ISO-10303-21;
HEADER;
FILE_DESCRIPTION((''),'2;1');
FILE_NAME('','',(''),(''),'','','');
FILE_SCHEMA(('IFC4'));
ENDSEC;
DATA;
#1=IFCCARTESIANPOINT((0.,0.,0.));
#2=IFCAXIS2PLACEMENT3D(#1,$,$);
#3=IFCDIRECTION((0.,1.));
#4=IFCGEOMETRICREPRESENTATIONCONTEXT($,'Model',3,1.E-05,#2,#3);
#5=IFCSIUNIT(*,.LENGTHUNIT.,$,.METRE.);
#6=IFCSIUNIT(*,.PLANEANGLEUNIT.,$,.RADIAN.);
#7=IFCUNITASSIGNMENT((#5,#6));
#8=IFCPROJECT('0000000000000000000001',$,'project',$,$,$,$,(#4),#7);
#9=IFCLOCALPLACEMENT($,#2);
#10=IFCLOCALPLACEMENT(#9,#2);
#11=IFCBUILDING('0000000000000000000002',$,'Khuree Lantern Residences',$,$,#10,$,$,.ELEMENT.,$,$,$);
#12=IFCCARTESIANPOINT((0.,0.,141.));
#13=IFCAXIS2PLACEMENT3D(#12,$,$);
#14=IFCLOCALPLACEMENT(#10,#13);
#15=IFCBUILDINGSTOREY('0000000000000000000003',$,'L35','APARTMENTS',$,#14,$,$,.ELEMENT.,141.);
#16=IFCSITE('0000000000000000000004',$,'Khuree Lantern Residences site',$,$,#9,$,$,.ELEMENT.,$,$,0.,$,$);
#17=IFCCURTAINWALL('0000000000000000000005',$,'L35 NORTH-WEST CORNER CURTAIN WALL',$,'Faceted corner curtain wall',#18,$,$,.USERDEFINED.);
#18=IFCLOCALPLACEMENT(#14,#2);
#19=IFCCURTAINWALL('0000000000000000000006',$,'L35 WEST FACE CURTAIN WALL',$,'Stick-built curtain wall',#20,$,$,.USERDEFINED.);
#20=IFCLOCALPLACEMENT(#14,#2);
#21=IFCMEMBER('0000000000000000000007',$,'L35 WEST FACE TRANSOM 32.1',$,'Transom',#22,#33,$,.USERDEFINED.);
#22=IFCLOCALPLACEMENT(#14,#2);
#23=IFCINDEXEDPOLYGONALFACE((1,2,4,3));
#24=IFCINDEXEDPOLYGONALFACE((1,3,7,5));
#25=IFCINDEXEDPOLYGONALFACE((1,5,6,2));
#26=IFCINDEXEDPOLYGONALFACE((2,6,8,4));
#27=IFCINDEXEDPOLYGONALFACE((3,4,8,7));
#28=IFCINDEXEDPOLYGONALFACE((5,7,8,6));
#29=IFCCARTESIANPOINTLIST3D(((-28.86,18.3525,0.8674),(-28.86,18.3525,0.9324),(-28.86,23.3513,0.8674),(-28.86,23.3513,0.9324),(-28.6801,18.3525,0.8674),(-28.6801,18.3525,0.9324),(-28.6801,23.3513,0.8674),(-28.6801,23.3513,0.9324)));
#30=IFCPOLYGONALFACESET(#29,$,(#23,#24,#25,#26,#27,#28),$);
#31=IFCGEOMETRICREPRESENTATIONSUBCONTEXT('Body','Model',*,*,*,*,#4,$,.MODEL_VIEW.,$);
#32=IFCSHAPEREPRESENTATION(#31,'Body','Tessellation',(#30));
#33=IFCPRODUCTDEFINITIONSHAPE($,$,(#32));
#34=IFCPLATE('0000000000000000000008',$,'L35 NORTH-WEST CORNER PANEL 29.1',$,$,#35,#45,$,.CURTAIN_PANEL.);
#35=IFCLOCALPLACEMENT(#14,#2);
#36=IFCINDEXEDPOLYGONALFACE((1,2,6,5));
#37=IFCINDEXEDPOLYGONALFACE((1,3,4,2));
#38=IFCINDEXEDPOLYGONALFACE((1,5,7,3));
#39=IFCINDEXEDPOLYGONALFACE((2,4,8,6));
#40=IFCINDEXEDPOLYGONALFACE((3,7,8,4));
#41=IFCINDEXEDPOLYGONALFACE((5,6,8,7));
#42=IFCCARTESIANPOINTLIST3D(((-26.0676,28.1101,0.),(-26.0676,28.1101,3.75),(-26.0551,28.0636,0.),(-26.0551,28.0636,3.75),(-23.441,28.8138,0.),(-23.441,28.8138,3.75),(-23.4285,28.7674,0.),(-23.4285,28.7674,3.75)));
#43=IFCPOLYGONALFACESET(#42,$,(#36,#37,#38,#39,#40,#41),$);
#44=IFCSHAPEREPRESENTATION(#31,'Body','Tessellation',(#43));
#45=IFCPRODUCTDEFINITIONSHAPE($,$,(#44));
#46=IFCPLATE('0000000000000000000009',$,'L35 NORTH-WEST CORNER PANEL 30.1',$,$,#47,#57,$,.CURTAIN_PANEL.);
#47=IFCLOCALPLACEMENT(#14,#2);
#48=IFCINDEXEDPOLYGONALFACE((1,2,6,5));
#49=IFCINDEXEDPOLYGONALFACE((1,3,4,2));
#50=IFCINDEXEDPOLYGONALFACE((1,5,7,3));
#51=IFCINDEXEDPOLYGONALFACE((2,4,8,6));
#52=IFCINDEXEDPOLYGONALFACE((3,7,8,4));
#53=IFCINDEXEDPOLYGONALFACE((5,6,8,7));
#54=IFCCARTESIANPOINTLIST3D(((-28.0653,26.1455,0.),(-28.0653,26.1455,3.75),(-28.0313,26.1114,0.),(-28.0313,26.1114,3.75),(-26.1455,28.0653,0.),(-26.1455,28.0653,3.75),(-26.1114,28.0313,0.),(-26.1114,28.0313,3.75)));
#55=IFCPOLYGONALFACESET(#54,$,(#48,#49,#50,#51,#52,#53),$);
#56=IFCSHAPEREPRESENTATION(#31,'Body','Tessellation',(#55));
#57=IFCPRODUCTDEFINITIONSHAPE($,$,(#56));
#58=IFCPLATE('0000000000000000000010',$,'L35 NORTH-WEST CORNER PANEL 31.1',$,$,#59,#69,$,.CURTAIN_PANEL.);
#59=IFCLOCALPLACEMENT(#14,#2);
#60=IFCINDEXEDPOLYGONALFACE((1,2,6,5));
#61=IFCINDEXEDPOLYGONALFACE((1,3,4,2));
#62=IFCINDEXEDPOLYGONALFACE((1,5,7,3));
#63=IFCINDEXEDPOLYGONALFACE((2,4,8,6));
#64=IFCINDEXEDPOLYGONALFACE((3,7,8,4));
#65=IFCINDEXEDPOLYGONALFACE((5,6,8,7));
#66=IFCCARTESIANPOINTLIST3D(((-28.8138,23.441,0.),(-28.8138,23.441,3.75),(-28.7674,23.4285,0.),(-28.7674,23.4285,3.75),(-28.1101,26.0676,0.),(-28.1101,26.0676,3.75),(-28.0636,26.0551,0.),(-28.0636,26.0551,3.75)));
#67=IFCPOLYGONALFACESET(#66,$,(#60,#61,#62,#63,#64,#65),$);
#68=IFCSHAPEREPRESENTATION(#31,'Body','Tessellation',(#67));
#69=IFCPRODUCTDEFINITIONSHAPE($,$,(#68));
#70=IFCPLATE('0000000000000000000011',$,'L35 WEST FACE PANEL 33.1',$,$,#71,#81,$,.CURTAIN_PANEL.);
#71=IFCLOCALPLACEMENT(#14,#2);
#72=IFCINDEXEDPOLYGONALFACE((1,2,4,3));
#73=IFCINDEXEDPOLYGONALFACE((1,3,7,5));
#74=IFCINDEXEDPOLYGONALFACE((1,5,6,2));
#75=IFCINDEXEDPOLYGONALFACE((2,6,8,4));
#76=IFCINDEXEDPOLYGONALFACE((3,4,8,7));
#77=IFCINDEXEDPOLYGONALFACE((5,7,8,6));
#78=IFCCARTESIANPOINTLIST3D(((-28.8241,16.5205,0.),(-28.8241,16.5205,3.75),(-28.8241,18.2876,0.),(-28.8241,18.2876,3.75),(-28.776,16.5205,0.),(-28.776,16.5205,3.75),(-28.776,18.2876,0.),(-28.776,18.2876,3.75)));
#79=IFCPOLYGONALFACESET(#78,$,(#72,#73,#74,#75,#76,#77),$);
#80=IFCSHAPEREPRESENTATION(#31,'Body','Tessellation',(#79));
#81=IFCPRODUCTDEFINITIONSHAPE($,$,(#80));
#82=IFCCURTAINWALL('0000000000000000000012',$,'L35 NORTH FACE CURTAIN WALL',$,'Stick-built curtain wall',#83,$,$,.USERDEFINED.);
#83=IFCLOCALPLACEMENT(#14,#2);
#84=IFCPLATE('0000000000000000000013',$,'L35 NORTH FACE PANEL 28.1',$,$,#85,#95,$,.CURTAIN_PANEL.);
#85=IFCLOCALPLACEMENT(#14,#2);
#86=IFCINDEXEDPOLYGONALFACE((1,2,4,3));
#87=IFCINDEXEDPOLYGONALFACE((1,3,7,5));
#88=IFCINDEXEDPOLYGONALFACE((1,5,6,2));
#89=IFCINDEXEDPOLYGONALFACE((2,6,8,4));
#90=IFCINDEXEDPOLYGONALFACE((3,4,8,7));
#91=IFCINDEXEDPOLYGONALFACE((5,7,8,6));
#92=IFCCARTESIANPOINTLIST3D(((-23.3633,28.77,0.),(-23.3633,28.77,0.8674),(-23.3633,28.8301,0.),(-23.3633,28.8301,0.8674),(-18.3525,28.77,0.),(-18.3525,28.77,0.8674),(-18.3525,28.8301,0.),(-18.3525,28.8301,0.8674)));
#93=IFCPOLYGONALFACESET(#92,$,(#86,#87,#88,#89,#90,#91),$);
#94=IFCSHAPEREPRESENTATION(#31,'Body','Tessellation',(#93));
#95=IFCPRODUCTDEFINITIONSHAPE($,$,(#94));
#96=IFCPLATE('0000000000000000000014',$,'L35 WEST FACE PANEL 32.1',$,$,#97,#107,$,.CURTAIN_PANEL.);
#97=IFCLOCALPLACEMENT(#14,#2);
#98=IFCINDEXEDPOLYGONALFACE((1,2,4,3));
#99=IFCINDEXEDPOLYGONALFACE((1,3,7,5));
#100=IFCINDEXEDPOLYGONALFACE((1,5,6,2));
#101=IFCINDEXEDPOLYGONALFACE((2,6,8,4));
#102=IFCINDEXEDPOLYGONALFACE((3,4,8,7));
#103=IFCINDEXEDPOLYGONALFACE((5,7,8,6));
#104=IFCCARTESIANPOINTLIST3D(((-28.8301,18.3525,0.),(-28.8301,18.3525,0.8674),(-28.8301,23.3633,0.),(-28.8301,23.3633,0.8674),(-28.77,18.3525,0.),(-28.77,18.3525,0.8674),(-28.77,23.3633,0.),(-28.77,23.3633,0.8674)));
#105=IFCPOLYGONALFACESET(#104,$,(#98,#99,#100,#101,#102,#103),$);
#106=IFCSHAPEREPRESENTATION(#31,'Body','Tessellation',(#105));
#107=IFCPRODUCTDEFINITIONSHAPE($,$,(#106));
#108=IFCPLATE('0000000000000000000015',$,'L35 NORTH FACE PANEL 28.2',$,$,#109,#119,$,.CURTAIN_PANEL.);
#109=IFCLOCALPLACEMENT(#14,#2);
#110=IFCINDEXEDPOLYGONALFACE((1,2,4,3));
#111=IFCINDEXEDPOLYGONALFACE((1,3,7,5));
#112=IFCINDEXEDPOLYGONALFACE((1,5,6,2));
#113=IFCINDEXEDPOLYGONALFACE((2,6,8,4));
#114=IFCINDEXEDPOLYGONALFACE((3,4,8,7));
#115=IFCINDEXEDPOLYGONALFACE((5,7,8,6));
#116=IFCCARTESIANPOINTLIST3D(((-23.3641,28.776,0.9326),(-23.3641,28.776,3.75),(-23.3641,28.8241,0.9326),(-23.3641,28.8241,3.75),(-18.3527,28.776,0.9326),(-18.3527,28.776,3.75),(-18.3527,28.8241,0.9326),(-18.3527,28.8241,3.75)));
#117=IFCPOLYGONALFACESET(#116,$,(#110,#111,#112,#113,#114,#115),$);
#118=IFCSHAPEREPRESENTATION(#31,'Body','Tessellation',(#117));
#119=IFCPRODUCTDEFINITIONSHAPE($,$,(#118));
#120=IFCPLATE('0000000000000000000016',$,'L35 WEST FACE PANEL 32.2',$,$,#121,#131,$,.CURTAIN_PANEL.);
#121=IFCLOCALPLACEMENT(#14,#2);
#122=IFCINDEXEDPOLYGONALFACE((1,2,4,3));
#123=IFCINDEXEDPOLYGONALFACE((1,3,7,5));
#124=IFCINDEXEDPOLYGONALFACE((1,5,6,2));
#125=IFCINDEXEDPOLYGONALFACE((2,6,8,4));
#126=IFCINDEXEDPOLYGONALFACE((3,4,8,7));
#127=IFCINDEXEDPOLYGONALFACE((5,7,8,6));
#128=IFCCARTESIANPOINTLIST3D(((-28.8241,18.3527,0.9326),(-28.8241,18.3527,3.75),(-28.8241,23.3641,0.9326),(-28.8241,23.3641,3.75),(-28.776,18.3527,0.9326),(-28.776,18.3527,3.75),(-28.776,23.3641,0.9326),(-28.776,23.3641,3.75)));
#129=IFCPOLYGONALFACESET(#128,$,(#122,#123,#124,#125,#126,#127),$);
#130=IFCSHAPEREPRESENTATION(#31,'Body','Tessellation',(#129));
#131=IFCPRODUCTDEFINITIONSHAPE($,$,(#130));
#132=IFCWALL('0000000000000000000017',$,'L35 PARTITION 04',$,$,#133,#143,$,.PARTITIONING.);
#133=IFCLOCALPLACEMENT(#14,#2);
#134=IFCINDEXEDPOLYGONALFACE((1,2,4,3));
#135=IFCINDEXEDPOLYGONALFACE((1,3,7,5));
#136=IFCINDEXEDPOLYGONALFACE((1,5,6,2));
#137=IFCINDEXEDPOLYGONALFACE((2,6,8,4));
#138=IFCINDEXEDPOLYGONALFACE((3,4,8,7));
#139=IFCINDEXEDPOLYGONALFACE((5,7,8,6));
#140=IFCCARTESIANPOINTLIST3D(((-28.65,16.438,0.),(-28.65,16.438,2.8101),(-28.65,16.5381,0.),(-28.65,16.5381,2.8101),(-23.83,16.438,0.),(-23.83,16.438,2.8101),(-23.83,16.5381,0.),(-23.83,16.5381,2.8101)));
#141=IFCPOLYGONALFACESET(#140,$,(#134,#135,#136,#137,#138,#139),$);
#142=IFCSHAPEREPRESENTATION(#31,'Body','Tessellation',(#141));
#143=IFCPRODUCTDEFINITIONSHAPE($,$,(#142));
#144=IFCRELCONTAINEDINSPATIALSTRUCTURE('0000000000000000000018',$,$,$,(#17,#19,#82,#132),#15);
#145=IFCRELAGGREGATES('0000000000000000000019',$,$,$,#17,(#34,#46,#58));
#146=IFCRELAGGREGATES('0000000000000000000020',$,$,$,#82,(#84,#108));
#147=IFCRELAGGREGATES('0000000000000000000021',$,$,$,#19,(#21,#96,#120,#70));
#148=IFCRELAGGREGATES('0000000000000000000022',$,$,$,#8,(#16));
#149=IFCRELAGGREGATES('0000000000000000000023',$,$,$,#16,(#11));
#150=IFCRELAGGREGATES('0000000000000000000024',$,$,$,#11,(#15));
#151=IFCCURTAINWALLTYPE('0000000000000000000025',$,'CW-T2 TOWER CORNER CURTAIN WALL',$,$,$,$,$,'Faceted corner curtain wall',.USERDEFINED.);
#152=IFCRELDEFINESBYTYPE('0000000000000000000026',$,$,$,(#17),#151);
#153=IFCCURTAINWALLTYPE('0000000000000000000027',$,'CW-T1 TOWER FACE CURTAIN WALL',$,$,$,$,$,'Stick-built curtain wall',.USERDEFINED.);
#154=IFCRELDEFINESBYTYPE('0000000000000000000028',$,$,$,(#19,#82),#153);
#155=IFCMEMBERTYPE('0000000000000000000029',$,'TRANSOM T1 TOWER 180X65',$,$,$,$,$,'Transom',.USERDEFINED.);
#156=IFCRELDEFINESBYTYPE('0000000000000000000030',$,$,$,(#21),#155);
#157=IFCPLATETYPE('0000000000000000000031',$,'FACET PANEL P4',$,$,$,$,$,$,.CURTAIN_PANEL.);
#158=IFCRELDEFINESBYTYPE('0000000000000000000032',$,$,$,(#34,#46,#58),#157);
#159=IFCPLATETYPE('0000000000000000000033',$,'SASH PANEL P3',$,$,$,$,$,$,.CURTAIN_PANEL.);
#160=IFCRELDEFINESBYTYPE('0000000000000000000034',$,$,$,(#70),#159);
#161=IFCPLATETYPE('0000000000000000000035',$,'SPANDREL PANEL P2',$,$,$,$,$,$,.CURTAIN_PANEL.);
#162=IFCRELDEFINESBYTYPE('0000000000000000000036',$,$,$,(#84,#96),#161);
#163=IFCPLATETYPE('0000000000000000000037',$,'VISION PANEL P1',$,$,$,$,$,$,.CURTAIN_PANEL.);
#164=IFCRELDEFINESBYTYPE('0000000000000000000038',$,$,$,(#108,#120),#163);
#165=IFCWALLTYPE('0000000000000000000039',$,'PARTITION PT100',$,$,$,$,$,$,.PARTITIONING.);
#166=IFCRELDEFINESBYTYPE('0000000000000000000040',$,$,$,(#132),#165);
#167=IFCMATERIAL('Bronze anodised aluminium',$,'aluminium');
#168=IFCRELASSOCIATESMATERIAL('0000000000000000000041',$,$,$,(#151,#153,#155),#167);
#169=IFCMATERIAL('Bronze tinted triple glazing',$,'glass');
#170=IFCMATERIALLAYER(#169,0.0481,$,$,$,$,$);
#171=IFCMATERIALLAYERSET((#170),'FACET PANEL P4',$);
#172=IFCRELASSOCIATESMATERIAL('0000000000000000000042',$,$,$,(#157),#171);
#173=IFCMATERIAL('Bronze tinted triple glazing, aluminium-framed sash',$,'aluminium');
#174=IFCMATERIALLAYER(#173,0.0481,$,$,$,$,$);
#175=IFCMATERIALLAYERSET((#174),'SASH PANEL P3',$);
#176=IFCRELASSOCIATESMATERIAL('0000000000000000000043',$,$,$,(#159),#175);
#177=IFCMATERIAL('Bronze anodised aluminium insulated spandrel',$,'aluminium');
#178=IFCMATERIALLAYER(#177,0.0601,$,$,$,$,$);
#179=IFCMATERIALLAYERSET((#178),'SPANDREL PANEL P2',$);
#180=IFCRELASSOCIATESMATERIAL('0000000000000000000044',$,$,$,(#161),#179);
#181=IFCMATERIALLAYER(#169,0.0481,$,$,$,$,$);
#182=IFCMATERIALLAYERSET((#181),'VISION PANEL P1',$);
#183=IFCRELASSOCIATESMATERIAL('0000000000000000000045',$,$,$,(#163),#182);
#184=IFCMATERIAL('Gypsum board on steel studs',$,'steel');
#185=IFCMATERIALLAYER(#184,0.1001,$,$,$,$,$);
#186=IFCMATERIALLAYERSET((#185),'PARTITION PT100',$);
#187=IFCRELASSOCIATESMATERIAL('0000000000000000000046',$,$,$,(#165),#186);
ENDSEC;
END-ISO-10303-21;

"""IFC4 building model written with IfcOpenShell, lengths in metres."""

from ifc_helpers import new_model, si_unit, direction, frame, frame_2d, origin, origin_2d, place, context, subcontext, project, spatial, rectangle, extrude, material, layer, layer_set, material_profile, profile_set, type_object, element, aggregate, save


model = new_model("IFC4")

# Units and contexts
model_context = context("Model", 3, precision=1e-05, world=origin(), true_north=direction((0.0, 1.0)))
body_context = subcontext(model_context, "Body", "Model", "MODEL_VIEW")
ifc_project = project(units=[si_unit("LENGTHUNIT", "METRE"), si_unit("PLANEANGLEUNIT", "RADIAN")], contexts=[model_context])

# Site, building, storey
site_placement = place(None, origin())
site = spatial("IfcSite", under=ifc_project, at=site_placement, Name="Khuree Lantern Residences site", CompositionType="ELEMENT", RefElevation=0.0)
building_placement = place(site_placement, origin())
building = spatial("IfcBuilding", under=site, at=building_placement, Name="Khuree Lantern Residences", CompositionType="ELEMENT")
storey_placement = place(building_placement, frame((0.0, 0.0, 141.0)))
storey = spatial("IfcBuildingStorey", under=building, at=storey_placement, Name="L35", Description="APARTMENTS", CompositionType="ELEMENT", Elevation=141.0)

# Curtain walls
ifc_material_1 = material(Name="Bronze anodised aluminium", Category="aluminium")
curtain_wall_type_1 = type_object("IfcCurtainWallType", Name="CW-T2 TOWER CORNER CURTAIN WALL", ElementType="Faceted corner curtain wall", PredefinedType="USERDEFINED", material=ifc_material_1)
curtain_wall_1_placement = place(storey_placement, origin())
curtain_wall_1 = element("IfcCurtainWall", 1, at=curtain_wall_1_placement, inside=storey, type_object=curtain_wall_type_1, Name="L35 NORTH-WEST CORNER CURTAIN WALL", ObjectType="Faceted corner curtain wall", PredefinedType="USERDEFINED")
curtain_wall_type_2 = type_object("IfcCurtainWallType", Name="CW-T1 TOWER FACE CURTAIN WALL", ElementType="Stick-built curtain wall", PredefinedType="USERDEFINED", material=ifc_material_1)
curtain_wall_2_placement = place(storey_placement, origin())
curtain_wall_2 = element("IfcCurtainWall", 2, at=curtain_wall_2_placement, inside=storey, type_object=curtain_wall_type_2, Name="L35 WEST FACE CURTAIN WALL", ObjectType="Stick-built curtain wall", PredefinedType="USERDEFINED")

# Member
ifc_material_profile_1 = material_profile(ifc_material_1, rectangle(XDim=0.1799, YDim=0.0649, at=origin_2d()), Name="T1 180X65")
ifc_profile_set_1 = profile_set([ifc_material_profile_1], Name="Bronze anodised aluminium")
member_type_1 = type_object("IfcMemberType", Name="TRANSOM T1 TOWER 180X65", ElementType="Transom", PredefinedType="USERDEFINED", material=ifc_profile_set_1)
member_1_placement = place(storey_placement, frame((-28.77, 23.3513, 0.8999), z_axis=(0.0, -1.0, 0.0), x_axis=(1.0, 0.0, 0.0)))
member_1 = element("IfcMember", 3, at=member_1_placement, type_object=member_type_1, Name="L35 WEST FACE TRANSOM 32.1", ObjectType="Transom", PredefinedType="USERDEFINED", context=body_context, shape_type="SweptSolid", body=[
    extrude(rectangle(XDim=0.1799, YDim=0.0649, at=origin_2d()), origin(), (0.0, 0.0, 1.0), 4.9988),
])

# Plates
ifc_material_2 = material(Name="Bronze tinted triple glazing", Category="glass")
ifc_layer_1 = layer(ifc_material_2, 0.0481)
ifc_layer_set_1 = layer_set([ifc_layer_1], Name="FACET PANEL P4")
plate_type_1 = type_object("IfcPlateType", Name="FACET PANEL P4", PredefinedType="CURTAIN_PANEL", material=ifc_layer_set_1)
plate_1_placement = place(storey_placement, frame((-24.748, 28.4387, 0.0), z_axis=(0.0, 0.0, 1.0), x_axis=(-0.965926, -0.258819, 0.0)))
plate_1 = element("IfcPlate", 4, at=plate_1_placement, type_object=plate_type_1, Name="L35 NORTH-WEST CORNER PANEL 29.1", PredefinedType="CURTAIN_PANEL", context=body_context, shape_type="SweptSolid", body=[
    extrude(rectangle(XDim=2.7192, YDim=0.0481, at=origin_2d()), origin(), (0.0, 0.0, 1.0), 3.75),
])
plate_2_placement = place(storey_placement, frame((-27.0884, 27.0884, 0.0), z_axis=(0.0, 0.0, 1.0), x_axis=(-0.707107, -0.707107, 0.0)))
plate_2 = element("IfcPlate", 5, at=plate_2_placement, type_object=plate_type_1, Name="L35 NORTH-WEST CORNER PANEL 30.1", PredefinedType="CURTAIN_PANEL", context=body_context, shape_type="SweptSolid", body=[
    extrude(rectangle(XDim=2.7151, YDim=0.0481, at=origin_2d()), origin(), (0.0, 0.0, 1.0), 3.75),
])
plate_3_placement = place(storey_placement, frame((-28.4387, 24.748, 0.0), z_axis=(0.0, 0.0, 1.0), x_axis=(-0.258819, -0.965926, 0.0)))
plate_3 = element("IfcPlate", 6, at=plate_3_placement, type_object=plate_type_1, Name="L35 NORTH-WEST CORNER PANEL 31.1", PredefinedType="CURTAIN_PANEL", context=body_context, shape_type="SweptSolid", body=[
    extrude(rectangle(XDim=2.7192, YDim=0.0481, at=origin_2d()), origin(), (0.0, 0.0, 1.0), 3.75),
])
aggregate(curtain_wall_1, [plate_1, plate_2, plate_3])
ifc_material_3 = material(Name="Bronze tinted triple glazing, aluminium-framed sash", Category="aluminium")
ifc_layer_2 = layer(ifc_material_3, 0.0481)
ifc_layer_set_2 = layer_set([ifc_layer_2], Name="SASH PANEL P3")
plate_type_2 = type_object("IfcPlateType", Name="SASH PANEL P3", PredefinedType="CURTAIN_PANEL", material=ifc_layer_set_2)
plate_4_placement = place(storey_placement, frame((-28.8, 17.4041, 0.0), z_axis=(0.0, 0.0, 1.0), x_axis=(0.0, -1.0, 0.0)))
plate_4 = element("IfcPlate", 7, at=plate_4_placement, type_object=plate_type_2, Name="L35 WEST FACE PANEL 33.1", PredefinedType="CURTAIN_PANEL", context=body_context, shape_type="SweptSolid", body=[
    extrude(rectangle(XDim=1.7671, YDim=0.0481, at=origin_2d()), origin(), (0.0, 0.0, 1.0), 3.75),
])

# Curtain wall, plate
curtain_wall_3_placement = place(storey_placement, origin())
curtain_wall_3 = element("IfcCurtainWall", 8, at=curtain_wall_3_placement, inside=storey, type_object=curtain_wall_type_2, Name="L35 NORTH FACE CURTAIN WALL", ObjectType="Stick-built curtain wall", PredefinedType="USERDEFINED")
ifc_material_4 = material(Name="Bronze anodised aluminium insulated spandrel", Category="aluminium")
ifc_layer_3 = layer(ifc_material_4, 0.0601)
ifc_layer_set_3 = layer_set([ifc_layer_3], Name="SPANDREL PANEL P2")
plate_type_3 = type_object("IfcPlateType", Name="SPANDREL PANEL P2", PredefinedType="CURTAIN_PANEL", material=ifc_layer_set_3)
plate_5_placement = place(storey_placement, frame((-20.8579, 28.8, 0.0), z_axis=(0.0, 0.0, 1.0), x_axis=(-1.0, 0.0, 0.0)))
plate_5 = element("IfcPlate", 9, at=plate_5_placement, type_object=plate_type_3, Name="L35 NORTH FACE PANEL 28.1", PredefinedType="CURTAIN_PANEL", context=body_context, shape_type="SweptSolid", body=[
    extrude(rectangle(XDim=5.0107, YDim=0.0601, at=origin_2d()), origin(), (0.0, 0.0, 1.0), 0.8674),
])

# Plates
plate_6_placement = place(storey_placement, frame((-28.8, 20.8579, 0.0), z_axis=(0.0, 0.0, 1.0), x_axis=(0.0, -1.0, 0.0)))
plate_6 = element("IfcPlate", 10, at=plate_6_placement, type_object=plate_type_3, Name="L35 WEST FACE PANEL 32.1", PredefinedType="CURTAIN_PANEL", context=body_context, shape_type="SweptSolid", body=[
    extrude(rectangle(XDim=5.0107, YDim=0.0601, at=origin_2d()), origin(), (0.0, 0.0, 1.0), 0.8674),
])
ifc_layer_4 = layer(ifc_material_2, 0.0481)
ifc_layer_set_4 = layer_set([ifc_layer_4], Name="VISION PANEL P1")
plate_type_4 = type_object("IfcPlateType", Name="VISION PANEL P1", PredefinedType="CURTAIN_PANEL", material=ifc_layer_set_4)
plate_7_placement = place(storey_placement, frame((-20.8584, 28.8, 0.9326), z_axis=(0.0, 0.0, 1.0), x_axis=(-1.0, 0.0, 0.0)))
plate_7 = element("IfcPlate", 11, at=plate_7_placement, type_object=plate_type_4, Name="L35 NORTH FACE PANEL 28.2", PredefinedType="CURTAIN_PANEL", context=body_context, shape_type="SweptSolid", body=[
    extrude(rectangle(XDim=5.0115, YDim=0.0481, at=origin_2d()), origin(), (0.0, 0.0, 1.0), 2.8174),
])
aggregate(curtain_wall_3, [plate_5, plate_7])
plate_8_placement = place(storey_placement, frame((-28.8, 20.8584, 0.9326), z_axis=(0.0, 0.0, 1.0), x_axis=(0.0, -1.0, 0.0)))
plate_8 = element("IfcPlate", 12, at=plate_8_placement, type_object=plate_type_4, Name="L35 WEST FACE PANEL 32.2", PredefinedType="CURTAIN_PANEL", context=body_context, shape_type="SweptSolid", body=[
    extrude(rectangle(XDim=5.0115, YDim=0.0481, at=origin_2d()), origin(), (0.0, 0.0, 1.0), 2.8174),
])
aggregate(curtain_wall_2, [member_1, plate_6, plate_8, plate_4])

# Wall
ifc_material_5 = material(Name="Gypsum board on steel studs", Category="steel")
ifc_layer_5 = layer(ifc_material_5, 0.1001)
ifc_layer_set_5 = layer_set([ifc_layer_5], Name="PARTITION PT100")
wall_type = type_object("IfcWallType", Name="PARTITION PT100", PredefinedType="PARTITIONING", material=ifc_layer_set_5)
wall_1_placement = place(storey_placement, frame((-23.8298, 16.488, 0.0), z_axis=(0.0, 0.0, 1.0), x_axis=(-1.0, 0.0, 0.0)))
element("IfcWall", 13, at=wall_1_placement, inside=storey, type_object=wall_type, Name="L35 PARTITION 04", PredefinedType="PARTITIONING", context=body_context, shape_type="SweptSolid", body=[
    extrude(rectangle(XDim=4.8201, YDim=0.1001, at=frame_2d((2.4102, 0.0))), origin(), (0.0, 0.0, 1.0), 2.8101),
])

save(model, "model.ifc")
